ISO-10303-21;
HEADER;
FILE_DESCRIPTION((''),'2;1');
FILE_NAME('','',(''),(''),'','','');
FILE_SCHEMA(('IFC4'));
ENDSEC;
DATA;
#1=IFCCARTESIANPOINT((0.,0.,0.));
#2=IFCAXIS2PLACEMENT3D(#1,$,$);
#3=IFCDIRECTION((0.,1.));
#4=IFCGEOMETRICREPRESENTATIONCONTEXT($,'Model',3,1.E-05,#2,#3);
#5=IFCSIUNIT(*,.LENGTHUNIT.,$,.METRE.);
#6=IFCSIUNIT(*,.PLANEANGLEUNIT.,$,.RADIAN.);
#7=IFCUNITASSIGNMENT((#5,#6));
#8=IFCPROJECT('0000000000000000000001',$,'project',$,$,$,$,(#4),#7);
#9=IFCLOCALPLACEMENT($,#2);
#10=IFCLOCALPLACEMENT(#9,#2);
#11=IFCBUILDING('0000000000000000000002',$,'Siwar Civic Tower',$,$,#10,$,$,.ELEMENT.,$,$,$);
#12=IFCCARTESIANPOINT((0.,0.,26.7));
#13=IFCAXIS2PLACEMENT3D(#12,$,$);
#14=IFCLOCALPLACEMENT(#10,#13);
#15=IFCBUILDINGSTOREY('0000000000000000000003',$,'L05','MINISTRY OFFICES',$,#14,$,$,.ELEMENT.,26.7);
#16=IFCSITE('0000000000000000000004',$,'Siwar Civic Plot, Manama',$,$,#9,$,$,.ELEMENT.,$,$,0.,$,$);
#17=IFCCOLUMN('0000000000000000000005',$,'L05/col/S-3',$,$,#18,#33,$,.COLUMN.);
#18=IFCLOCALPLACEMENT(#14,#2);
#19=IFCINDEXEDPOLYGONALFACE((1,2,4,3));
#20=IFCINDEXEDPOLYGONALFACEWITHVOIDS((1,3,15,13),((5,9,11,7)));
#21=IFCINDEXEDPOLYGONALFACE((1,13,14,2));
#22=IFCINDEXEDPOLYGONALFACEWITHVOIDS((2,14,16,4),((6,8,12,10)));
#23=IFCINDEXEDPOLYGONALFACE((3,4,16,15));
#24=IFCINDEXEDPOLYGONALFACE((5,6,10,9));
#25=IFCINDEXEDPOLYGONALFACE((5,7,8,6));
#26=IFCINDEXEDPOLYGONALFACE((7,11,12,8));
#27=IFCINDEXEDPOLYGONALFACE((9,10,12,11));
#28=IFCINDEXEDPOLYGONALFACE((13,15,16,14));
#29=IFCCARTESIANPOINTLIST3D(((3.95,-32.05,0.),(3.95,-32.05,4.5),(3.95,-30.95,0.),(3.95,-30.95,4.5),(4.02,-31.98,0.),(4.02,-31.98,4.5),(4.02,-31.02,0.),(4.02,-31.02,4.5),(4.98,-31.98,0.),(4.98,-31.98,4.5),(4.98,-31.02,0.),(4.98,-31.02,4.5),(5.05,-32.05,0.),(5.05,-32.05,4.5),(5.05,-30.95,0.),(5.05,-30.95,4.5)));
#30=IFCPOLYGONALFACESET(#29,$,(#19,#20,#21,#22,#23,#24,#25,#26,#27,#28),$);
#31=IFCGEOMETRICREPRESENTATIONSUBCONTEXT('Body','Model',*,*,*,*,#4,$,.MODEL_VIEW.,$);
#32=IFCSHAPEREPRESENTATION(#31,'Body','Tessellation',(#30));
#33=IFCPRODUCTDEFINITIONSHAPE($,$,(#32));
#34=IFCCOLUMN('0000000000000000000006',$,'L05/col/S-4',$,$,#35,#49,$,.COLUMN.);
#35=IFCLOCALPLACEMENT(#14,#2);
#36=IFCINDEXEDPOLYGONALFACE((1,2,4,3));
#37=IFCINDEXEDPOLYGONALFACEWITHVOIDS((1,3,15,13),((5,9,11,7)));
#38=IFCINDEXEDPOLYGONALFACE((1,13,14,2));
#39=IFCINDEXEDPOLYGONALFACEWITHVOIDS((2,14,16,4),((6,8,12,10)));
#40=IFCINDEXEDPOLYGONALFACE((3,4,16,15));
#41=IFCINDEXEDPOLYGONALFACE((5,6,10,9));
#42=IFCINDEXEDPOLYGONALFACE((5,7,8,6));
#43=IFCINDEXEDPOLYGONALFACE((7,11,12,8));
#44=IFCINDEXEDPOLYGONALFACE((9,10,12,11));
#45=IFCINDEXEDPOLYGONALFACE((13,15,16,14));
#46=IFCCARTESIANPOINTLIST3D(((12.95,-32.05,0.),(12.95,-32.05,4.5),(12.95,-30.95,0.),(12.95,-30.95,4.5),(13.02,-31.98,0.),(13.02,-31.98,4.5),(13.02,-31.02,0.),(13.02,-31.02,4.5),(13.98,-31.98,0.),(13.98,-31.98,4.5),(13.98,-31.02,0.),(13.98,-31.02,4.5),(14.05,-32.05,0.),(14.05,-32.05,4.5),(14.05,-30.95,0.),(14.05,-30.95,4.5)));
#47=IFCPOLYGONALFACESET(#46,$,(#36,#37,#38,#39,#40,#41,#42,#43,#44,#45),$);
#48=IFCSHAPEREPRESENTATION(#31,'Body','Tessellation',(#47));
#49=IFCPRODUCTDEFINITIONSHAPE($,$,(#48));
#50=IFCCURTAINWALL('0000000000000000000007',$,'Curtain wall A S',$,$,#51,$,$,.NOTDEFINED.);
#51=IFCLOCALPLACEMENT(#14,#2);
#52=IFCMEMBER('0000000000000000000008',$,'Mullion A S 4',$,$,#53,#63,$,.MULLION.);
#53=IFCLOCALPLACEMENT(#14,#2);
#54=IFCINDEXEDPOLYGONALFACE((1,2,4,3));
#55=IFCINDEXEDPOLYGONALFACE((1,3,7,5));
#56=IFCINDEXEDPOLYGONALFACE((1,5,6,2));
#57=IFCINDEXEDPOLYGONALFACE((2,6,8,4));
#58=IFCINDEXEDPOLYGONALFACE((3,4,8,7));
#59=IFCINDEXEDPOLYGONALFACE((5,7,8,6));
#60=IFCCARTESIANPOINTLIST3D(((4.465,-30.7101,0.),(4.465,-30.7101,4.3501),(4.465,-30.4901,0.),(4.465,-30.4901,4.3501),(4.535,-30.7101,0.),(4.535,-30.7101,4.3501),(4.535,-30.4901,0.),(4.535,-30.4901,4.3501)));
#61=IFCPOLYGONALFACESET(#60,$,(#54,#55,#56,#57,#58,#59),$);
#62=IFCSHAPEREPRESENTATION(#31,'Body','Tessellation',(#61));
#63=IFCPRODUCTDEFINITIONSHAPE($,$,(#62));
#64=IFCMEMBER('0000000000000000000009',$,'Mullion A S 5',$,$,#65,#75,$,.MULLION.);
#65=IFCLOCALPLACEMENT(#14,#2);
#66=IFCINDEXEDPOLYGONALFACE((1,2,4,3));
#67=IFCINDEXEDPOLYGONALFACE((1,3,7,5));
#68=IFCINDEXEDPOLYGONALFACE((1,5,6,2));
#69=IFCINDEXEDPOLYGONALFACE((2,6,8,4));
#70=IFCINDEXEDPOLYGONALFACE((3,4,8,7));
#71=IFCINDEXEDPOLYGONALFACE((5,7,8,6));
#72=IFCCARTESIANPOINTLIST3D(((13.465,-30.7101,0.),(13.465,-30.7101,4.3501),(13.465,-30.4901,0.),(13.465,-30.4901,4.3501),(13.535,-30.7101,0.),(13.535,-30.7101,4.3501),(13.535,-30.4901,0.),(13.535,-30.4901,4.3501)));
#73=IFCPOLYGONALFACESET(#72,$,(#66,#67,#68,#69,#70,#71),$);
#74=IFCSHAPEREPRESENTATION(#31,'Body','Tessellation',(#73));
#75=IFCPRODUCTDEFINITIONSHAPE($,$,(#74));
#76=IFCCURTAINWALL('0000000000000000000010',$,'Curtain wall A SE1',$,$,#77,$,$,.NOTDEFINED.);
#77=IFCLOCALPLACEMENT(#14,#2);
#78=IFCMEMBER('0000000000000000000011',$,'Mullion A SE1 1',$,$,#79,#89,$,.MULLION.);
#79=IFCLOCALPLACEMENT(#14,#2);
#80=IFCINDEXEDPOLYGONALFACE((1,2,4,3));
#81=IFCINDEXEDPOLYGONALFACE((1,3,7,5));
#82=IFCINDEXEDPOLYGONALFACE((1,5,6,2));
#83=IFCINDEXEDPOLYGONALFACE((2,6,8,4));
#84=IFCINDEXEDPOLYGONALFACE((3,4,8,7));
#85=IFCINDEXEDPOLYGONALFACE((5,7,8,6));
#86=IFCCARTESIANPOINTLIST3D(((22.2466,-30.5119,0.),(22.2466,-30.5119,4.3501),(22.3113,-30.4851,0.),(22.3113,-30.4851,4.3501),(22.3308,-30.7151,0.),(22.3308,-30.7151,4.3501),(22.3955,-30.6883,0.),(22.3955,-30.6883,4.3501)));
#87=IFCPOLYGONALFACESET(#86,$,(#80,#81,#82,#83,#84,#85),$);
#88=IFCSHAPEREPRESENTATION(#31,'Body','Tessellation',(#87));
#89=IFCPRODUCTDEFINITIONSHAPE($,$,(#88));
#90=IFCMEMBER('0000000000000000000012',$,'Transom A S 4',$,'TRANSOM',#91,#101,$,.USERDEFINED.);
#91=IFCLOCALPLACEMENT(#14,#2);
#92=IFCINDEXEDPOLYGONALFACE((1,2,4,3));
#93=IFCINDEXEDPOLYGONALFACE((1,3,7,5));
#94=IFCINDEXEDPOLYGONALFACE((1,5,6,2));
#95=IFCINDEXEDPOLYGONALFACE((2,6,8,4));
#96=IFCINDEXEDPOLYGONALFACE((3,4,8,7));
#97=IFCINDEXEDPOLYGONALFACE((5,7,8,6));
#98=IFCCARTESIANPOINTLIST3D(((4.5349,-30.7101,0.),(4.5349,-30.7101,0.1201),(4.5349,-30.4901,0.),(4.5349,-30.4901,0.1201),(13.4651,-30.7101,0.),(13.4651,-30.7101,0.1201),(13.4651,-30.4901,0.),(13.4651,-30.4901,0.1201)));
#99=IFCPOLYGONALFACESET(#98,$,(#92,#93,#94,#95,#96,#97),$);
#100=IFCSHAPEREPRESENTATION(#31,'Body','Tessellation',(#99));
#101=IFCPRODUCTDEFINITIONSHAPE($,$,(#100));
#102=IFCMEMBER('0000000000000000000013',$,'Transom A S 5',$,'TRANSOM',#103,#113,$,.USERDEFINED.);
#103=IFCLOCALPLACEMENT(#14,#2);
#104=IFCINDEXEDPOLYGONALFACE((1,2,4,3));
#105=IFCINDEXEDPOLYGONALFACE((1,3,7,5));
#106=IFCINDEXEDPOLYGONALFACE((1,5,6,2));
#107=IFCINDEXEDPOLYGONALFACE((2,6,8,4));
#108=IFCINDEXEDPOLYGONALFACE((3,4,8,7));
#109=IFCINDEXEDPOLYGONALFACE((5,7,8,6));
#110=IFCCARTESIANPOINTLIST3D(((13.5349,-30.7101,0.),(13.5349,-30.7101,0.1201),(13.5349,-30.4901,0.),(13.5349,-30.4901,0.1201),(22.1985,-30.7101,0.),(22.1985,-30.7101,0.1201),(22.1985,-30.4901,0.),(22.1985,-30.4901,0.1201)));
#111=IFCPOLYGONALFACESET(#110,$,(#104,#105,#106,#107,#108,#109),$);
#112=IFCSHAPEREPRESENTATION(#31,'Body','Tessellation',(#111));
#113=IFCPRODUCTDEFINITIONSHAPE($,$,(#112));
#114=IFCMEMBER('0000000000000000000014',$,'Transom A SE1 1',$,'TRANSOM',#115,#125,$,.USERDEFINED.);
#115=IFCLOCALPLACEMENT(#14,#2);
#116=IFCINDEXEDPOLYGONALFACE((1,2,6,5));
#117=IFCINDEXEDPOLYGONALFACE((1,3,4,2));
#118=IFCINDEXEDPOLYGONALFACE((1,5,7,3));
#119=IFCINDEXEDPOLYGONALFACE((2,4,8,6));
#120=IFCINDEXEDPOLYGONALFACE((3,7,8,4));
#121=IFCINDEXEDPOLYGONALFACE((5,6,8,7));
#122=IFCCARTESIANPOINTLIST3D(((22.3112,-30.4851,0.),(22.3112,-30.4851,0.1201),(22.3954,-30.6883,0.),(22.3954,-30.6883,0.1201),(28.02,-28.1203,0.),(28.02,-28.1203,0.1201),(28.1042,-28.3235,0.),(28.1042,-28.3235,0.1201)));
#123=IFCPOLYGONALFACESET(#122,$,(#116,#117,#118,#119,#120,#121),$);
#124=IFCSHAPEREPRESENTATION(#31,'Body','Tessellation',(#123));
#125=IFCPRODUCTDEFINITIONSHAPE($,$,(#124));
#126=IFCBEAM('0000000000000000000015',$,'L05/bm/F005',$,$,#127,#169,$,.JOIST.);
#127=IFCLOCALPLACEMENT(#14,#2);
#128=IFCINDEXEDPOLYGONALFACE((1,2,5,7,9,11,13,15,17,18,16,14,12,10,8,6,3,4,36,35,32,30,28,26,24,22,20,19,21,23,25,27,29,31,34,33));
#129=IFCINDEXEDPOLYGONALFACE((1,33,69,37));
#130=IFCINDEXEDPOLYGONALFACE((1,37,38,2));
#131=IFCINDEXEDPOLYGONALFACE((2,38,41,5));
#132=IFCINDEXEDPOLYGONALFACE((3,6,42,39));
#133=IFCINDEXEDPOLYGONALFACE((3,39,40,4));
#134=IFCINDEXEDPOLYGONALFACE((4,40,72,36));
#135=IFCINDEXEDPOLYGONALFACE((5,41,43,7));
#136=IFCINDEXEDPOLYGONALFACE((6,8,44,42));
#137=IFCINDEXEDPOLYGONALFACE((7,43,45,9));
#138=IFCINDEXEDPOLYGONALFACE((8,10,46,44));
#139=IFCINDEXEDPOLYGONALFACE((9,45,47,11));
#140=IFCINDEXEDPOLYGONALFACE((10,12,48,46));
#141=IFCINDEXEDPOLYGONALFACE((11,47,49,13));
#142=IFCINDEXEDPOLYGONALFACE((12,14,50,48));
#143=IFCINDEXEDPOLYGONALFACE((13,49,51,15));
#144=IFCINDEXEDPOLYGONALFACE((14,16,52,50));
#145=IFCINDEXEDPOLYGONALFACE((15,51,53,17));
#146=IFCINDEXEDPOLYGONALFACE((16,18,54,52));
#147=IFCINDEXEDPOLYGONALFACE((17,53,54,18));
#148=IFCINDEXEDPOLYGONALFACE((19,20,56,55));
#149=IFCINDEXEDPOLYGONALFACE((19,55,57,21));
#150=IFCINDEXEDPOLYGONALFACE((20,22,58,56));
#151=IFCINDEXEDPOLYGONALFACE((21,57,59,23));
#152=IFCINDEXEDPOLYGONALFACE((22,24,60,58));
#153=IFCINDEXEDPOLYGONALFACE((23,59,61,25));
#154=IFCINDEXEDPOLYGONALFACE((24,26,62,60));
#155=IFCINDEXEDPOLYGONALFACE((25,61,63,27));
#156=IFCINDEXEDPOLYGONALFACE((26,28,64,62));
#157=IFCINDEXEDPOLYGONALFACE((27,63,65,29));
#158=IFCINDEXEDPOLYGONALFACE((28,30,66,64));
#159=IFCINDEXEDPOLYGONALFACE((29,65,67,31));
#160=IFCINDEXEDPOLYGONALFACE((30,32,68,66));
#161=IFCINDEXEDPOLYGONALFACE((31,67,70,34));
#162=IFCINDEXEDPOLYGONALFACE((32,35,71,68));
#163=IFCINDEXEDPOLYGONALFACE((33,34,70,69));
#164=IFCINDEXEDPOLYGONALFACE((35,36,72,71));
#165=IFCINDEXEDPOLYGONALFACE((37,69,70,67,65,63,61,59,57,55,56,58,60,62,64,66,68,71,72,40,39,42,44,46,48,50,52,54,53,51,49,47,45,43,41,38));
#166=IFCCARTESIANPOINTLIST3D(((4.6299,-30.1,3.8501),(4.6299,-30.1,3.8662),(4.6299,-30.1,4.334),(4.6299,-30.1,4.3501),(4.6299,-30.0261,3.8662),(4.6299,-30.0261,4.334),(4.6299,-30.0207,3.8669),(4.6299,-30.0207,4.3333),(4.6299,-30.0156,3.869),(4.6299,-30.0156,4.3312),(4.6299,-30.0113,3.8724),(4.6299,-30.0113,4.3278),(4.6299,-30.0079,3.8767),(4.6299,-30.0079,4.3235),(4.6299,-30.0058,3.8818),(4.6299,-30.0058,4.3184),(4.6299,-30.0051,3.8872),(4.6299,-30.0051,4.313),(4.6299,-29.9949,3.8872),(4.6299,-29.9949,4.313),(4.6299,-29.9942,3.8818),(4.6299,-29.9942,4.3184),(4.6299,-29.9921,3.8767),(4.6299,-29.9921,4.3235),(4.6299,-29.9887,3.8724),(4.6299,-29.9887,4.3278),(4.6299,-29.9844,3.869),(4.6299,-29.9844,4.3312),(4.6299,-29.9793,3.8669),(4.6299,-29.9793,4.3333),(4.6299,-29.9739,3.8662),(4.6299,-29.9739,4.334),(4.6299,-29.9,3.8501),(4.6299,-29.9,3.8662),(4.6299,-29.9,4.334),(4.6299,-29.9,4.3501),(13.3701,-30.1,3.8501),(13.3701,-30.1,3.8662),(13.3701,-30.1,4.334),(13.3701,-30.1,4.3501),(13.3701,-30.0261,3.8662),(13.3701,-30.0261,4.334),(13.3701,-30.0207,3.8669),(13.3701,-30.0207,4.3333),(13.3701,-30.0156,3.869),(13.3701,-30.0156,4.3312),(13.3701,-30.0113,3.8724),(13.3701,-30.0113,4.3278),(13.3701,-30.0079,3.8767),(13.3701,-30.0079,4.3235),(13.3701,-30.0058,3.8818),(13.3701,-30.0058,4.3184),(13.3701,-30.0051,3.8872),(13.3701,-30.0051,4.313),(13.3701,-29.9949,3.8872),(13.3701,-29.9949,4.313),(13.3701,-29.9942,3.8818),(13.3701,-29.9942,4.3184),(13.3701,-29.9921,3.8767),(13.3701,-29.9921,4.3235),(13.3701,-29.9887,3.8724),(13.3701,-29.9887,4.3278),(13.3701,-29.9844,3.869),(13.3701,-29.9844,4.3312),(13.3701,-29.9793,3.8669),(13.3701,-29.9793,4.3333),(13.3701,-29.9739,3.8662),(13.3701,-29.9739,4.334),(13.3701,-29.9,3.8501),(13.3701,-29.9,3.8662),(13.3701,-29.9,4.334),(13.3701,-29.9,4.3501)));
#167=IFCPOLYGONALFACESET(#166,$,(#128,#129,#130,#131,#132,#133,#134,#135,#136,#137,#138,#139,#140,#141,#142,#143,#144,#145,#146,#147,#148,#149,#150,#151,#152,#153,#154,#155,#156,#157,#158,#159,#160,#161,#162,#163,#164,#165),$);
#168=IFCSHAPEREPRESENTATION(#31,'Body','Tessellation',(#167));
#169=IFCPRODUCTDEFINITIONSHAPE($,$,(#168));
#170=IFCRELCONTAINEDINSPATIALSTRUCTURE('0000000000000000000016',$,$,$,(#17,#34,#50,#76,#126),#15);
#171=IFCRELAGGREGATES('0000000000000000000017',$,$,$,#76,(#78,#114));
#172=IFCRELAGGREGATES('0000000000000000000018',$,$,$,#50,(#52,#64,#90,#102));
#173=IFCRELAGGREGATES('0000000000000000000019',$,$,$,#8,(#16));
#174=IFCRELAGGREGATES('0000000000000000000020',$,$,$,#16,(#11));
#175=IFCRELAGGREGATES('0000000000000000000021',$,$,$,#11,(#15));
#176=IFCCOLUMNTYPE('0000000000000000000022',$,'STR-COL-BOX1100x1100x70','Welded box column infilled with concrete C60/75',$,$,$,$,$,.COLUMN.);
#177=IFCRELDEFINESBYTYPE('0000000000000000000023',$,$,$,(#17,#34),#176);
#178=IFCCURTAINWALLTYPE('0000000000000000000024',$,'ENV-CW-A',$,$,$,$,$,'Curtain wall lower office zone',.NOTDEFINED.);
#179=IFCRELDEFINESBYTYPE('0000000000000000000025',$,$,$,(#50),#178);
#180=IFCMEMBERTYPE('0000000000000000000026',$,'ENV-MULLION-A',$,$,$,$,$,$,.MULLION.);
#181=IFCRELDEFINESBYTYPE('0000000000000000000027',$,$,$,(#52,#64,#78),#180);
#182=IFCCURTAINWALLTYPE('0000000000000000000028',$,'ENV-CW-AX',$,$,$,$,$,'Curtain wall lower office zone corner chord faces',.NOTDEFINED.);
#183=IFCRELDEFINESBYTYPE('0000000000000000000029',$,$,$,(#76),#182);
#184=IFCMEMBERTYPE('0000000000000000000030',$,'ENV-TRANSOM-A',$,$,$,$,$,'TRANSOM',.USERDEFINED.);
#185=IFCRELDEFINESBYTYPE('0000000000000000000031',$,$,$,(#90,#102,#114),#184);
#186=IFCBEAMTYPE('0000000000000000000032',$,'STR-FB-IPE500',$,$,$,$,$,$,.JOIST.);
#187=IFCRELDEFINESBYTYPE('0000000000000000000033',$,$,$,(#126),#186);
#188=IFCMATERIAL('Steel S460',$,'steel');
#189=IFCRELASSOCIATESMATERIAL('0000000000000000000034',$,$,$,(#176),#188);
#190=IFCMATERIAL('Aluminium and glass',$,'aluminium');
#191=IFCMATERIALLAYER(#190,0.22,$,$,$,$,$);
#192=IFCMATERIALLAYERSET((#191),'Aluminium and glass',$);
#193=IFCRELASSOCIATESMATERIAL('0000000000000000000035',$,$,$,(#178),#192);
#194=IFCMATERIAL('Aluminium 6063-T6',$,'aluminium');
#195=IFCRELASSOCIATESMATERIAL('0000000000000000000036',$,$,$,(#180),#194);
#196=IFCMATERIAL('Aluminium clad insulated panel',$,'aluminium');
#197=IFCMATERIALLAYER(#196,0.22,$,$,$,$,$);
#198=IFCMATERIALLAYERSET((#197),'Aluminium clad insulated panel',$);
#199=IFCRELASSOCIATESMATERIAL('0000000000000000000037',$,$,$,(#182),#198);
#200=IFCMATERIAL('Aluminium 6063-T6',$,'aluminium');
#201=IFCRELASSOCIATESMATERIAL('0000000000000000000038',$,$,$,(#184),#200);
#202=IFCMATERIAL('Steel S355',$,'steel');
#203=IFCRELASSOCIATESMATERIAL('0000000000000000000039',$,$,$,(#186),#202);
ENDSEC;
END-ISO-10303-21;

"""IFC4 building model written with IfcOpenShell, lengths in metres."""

from ifc_helpers import new_model, si_unit, direction, frame, origin, origin_2d, place, context, subcontext, project, spatial, rectangle, hollow_rectangle, i_section, extrude, material, layer, layer_set, material_profile, profile_set, type_object, element, aggregate, save


model = new_model("IFC4")

# Units and contexts
model_context = context("Model", 3, precision=1e-05, world=origin(), true_north=direction((0.0, 1.0)))
body_context = subcontext(model_context, "Body", "Model", "MODEL_VIEW")
ifc_project = project(units=[si_unit("LENGTHUNIT", "METRE"), si_unit("PLANEANGLEUNIT", "RADIAN")], contexts=[model_context])

# Site, building, storey
site_placement = place(None, origin())
site = spatial("IfcSite", under=ifc_project, at=site_placement, Name="Siwar Civic Plot, Manama", CompositionType="ELEMENT", RefElevation=0.0)
building_placement = place(site_placement, origin())
building = spatial("IfcBuilding", under=site, at=building_placement, Name="Siwar Civic Tower", CompositionType="ELEMENT")
storey_placement = place(building_placement, frame((0.0, 0.0, 26.7)))
storey = spatial("IfcBuildingStorey", under=building, at=storey_placement, Name="L05", Description="MINISTRY OFFICES", CompositionType="ELEMENT", Elevation=26.7)

# Columns
ifc_material_1 = material(Name="Steel S460", Category="steel")
ifc_material_profile_1 = material_profile(ifc_material_1, hollow_rectangle(XDim=1.1001, YDim=1.1001, WallThickness=0.0701, at=origin_2d()), Name="BOX1100x1100x70")
ifc_profile_set_1 = profile_set([ifc_material_profile_1], Name="Steel S460")
column_type = type_object("IfcColumnType", Name="STR-COL-BOX1100x1100x70", Description="Welded box column infilled with concrete C60/75", PredefinedType="COLUMN", material=ifc_profile_set_1)
for number, where, z_axis, x_axis, name in (
    (1, (4.5, -31.5, 0.0), (0.0, 0.0, 1.0), (1.0, 0.0, 0.0), "L05/col/S-3"),
    (2, (13.5, -31.5, 0.0), (0.0, 0.0, 1.0), (1.0, 0.0, 0.0), "L05/col/S-4"),
):
    element("IfcColumn", number, at=place(storey_placement, frame(where, z_axis=z_axis, x_axis=x_axis)), inside=storey, type_object=column_type, Name=name, PredefinedType="COLUMN", context=body_context, shape_type="SweptSolid", body=[
        extrude(hollow_rectangle(XDim=1.1001, YDim=1.1001, WallThickness=0.0701, at=origin_2d()), origin(), (0.0, 0.0, 1.0), 4.5),
    ])

# Curtain wall, members
ifc_material_2 = material(Name="Aluminium and glass", Category="aluminium")
ifc_layer_1 = layer(ifc_material_2, 0.22)
ifc_layer_set_1 = layer_set([ifc_layer_1], Name="Aluminium and glass")
curtain_wall_type_1 = type_object("IfcCurtainWallType", Name="ENV-CW-A", ElementType="Curtain wall lower office zone", PredefinedType="NOTDEFINED", material=ifc_layer_set_1)
curtain_wall_1_placement = place(storey_placement, origin())
curtain_wall_1 = element("IfcCurtainWall", 3, at=curtain_wall_1_placement, inside=storey, type_object=curtain_wall_type_1, Name="Curtain wall A S", PredefinedType="NOTDEFINED")
ifc_material_3 = material(Name="Aluminium 6063-T6", Category="aluminium")
ifc_material_profile_2 = material_profile(ifc_material_3, rectangle(XDim=0.22, YDim=0.0701, at=origin_2d()), Name="AL 220x70")
ifc_profile_set_2 = profile_set([ifc_material_profile_2], Name="Aluminium 6063-T6")
member_type_1 = type_object("IfcMemberType", Name="ENV-MULLION-A", PredefinedType="MULLION", material=ifc_profile_set_2)
member_1_placement = place(storey_placement, frame((4.5, -30.6001, 0.0), z_axis=(0.0, 0.0, 1.0), x_axis=(0.0, 1.0, 0.0)))
member_1 = element("IfcMember", 4, at=member_1_placement, type_object=member_type_1, Name="Mullion A S 4", PredefinedType="MULLION", context=body_context, shape_type="SweptSolid", body=[
    extrude(rectangle(XDim=0.22, YDim=0.0701, at=origin_2d()), origin(), (0.0, 0.0, 1.0), 4.3501),
])
member_2_placement = place(storey_placement, frame((13.5, -30.6001, 0.0), z_axis=(0.0, 0.0, 1.0), x_axis=(0.0, 1.0, 0.0)))
member_2 = element("IfcMember", 5, at=member_2_placement, type_object=member_type_1, Name="Mullion A S 5", PredefinedType="MULLION", context=body_context, shape_type="SweptSolid", body=[
    extrude(rectangle(XDim=0.22, YDim=0.0701, at=origin_2d()), origin(), (0.0, 0.0, 1.0), 4.3501),
])

# Curtain wall, member
ifc_material_4 = material(Name="Aluminium clad insulated panel", Category="aluminium")
ifc_layer_2 = layer(ifc_material_4, 0.22)
ifc_layer_set_2 = layer_set([ifc_layer_2], Name="Aluminium clad insulated panel")
curtain_wall_type_2 = type_object("IfcCurtainWallType", Name="ENV-CW-AX", ElementType="Curtain wall lower office zone corner chord faces", PredefinedType="NOTDEFINED", material=ifc_layer_set_2)
curtain_wall_2_placement = place(storey_placement, origin())
curtain_wall_2 = element("IfcCurtainWall", 6, at=curtain_wall_2_placement, inside=storey, type_object=curtain_wall_type_2, Name="Curtain wall A SE1", PredefinedType="NOTDEFINED")
member_3_placement = place(storey_placement, frame((22.321, -30.6001, 0.0), z_axis=(0.0, 0.0, 1.0), x_axis=(-0.382683, 0.92388, 0.0)))
member_3 = element("IfcMember", 7, at=member_3_placement, type_object=member_type_1, Name="Mullion A SE1 1", PredefinedType="MULLION", context=body_context, shape_type="SweptSolid", body=[
    extrude(rectangle(XDim=0.22, YDim=0.0701, at=origin_2d()), origin(), (0.0, 0.0, 1.0), 4.3501),
])

# Members
ifc_material_5 = material(Name="Aluminium 6063-T6", Category="aluminium")
ifc_material_profile_3 = material_profile(ifc_material_5, rectangle(XDim=0.22, YDim=0.1201, at=origin_2d()), Name="AL 220x120")
ifc_profile_set_3 = profile_set([ifc_material_profile_3], Name="Aluminium 6063-T6")
member_type_2 = type_object("IfcMemberType", Name="ENV-TRANSOM-A", ElementType="TRANSOM", PredefinedType="USERDEFINED", material=ifc_profile_set_3)
member_4_placement = place(storey_placement, frame((4.5349, -30.6001, 0.0601), z_axis=(1.0, 0.0, 0.0), x_axis=(0.0, 1.0, 0.0)))
member_4 = element("IfcMember", 8, at=member_4_placement, type_object=member_type_2, Name="Transom A S 4", ObjectType="TRANSOM", PredefinedType="USERDEFINED", context=body_context, shape_type="SweptSolid", body=[
    extrude(rectangle(XDim=0.22, YDim=0.1201, at=origin_2d()), origin(), (0.0, 0.0, 1.0), 8.9302),
])
member_5_placement = place(storey_placement, frame((13.5349, -30.6001, 0.0601), z_axis=(1.0, 0.0, 0.0), x_axis=(0.0, 1.0, 0.0)))
member_5 = element("IfcMember", 9, at=member_5_placement, type_object=member_type_2, Name="Transom A S 5", ObjectType="TRANSOM", PredefinedType="USERDEFINED", context=body_context, shape_type="SweptSolid", body=[
    extrude(rectangle(XDim=0.22, YDim=0.1201, at=origin_2d()), origin(), (0.0, 0.0, 1.0), 8.6636),
])
member_6_placement = place(storey_placement, frame((22.3533, -30.5867, 0.0601), z_axis=(0.923873, 0.382698, 0.0), x_axis=(-0.382698, 0.923873, 0.0)))
member_6 = element("IfcMember", 10, at=member_6_placement, type_object=member_type_2, Name="Transom A SE1 1", ObjectType="TRANSOM", PredefinedType="USERDEFINED", context=body_context, shape_type="SweptSolid", body=[
    extrude(rectangle(XDim=0.22, YDim=0.1201, at=origin_2d()), origin(), (0.0, 0.0, 1.0), 6.1792),
])
aggregate(curtain_wall_2, [member_3, member_6])

# Beam
ifc_material_6 = material(Name="Steel S355", Category="steel")
ifc_material_profile_4 = material_profile(ifc_material_6, i_section(OverallWidth=0.2, OverallDepth=0.5, WebThickness=0.0103, FlangeThickness=0.0161, FilletRadius=0.021, at=origin_2d()), Name="IPE500")
ifc_profile_set_4 = profile_set([ifc_material_profile_4], Name="Steel S355")
beam_type_1 = type_object("IfcBeamType", Name="STR-FB-IPE500", PredefinedType="JOIST", material=ifc_profile_set_4)
for number, where, z_axis, x_axis, name in (
    (11, (4.6299, -30.0, 4.1001), (1.0, 0.0, 0.0), (0.0, 1.0, 0.0), "L05/bm/F005"),
):
    element("IfcBeam", number, at=place(storey_placement, frame(where, z_axis=z_axis, x_axis=x_axis)), inside=storey, type_object=beam_type_1, Name=name, PredefinedType="JOIST", context=body_context, shape_type="SweptSolid", body=[
        extrude(i_section(OverallWidth=0.2, OverallDepth=0.5, WebThickness=0.0103, FlangeThickness=0.0161, FilletRadius=0.021, at=origin_2d()), origin(), (0.0, 0.0, 1.0), 8.7402),
    ])

aggregate(curtain_wall_1, [member_1, member_2, member_4, member_5])

save(model, "model.ifc")
